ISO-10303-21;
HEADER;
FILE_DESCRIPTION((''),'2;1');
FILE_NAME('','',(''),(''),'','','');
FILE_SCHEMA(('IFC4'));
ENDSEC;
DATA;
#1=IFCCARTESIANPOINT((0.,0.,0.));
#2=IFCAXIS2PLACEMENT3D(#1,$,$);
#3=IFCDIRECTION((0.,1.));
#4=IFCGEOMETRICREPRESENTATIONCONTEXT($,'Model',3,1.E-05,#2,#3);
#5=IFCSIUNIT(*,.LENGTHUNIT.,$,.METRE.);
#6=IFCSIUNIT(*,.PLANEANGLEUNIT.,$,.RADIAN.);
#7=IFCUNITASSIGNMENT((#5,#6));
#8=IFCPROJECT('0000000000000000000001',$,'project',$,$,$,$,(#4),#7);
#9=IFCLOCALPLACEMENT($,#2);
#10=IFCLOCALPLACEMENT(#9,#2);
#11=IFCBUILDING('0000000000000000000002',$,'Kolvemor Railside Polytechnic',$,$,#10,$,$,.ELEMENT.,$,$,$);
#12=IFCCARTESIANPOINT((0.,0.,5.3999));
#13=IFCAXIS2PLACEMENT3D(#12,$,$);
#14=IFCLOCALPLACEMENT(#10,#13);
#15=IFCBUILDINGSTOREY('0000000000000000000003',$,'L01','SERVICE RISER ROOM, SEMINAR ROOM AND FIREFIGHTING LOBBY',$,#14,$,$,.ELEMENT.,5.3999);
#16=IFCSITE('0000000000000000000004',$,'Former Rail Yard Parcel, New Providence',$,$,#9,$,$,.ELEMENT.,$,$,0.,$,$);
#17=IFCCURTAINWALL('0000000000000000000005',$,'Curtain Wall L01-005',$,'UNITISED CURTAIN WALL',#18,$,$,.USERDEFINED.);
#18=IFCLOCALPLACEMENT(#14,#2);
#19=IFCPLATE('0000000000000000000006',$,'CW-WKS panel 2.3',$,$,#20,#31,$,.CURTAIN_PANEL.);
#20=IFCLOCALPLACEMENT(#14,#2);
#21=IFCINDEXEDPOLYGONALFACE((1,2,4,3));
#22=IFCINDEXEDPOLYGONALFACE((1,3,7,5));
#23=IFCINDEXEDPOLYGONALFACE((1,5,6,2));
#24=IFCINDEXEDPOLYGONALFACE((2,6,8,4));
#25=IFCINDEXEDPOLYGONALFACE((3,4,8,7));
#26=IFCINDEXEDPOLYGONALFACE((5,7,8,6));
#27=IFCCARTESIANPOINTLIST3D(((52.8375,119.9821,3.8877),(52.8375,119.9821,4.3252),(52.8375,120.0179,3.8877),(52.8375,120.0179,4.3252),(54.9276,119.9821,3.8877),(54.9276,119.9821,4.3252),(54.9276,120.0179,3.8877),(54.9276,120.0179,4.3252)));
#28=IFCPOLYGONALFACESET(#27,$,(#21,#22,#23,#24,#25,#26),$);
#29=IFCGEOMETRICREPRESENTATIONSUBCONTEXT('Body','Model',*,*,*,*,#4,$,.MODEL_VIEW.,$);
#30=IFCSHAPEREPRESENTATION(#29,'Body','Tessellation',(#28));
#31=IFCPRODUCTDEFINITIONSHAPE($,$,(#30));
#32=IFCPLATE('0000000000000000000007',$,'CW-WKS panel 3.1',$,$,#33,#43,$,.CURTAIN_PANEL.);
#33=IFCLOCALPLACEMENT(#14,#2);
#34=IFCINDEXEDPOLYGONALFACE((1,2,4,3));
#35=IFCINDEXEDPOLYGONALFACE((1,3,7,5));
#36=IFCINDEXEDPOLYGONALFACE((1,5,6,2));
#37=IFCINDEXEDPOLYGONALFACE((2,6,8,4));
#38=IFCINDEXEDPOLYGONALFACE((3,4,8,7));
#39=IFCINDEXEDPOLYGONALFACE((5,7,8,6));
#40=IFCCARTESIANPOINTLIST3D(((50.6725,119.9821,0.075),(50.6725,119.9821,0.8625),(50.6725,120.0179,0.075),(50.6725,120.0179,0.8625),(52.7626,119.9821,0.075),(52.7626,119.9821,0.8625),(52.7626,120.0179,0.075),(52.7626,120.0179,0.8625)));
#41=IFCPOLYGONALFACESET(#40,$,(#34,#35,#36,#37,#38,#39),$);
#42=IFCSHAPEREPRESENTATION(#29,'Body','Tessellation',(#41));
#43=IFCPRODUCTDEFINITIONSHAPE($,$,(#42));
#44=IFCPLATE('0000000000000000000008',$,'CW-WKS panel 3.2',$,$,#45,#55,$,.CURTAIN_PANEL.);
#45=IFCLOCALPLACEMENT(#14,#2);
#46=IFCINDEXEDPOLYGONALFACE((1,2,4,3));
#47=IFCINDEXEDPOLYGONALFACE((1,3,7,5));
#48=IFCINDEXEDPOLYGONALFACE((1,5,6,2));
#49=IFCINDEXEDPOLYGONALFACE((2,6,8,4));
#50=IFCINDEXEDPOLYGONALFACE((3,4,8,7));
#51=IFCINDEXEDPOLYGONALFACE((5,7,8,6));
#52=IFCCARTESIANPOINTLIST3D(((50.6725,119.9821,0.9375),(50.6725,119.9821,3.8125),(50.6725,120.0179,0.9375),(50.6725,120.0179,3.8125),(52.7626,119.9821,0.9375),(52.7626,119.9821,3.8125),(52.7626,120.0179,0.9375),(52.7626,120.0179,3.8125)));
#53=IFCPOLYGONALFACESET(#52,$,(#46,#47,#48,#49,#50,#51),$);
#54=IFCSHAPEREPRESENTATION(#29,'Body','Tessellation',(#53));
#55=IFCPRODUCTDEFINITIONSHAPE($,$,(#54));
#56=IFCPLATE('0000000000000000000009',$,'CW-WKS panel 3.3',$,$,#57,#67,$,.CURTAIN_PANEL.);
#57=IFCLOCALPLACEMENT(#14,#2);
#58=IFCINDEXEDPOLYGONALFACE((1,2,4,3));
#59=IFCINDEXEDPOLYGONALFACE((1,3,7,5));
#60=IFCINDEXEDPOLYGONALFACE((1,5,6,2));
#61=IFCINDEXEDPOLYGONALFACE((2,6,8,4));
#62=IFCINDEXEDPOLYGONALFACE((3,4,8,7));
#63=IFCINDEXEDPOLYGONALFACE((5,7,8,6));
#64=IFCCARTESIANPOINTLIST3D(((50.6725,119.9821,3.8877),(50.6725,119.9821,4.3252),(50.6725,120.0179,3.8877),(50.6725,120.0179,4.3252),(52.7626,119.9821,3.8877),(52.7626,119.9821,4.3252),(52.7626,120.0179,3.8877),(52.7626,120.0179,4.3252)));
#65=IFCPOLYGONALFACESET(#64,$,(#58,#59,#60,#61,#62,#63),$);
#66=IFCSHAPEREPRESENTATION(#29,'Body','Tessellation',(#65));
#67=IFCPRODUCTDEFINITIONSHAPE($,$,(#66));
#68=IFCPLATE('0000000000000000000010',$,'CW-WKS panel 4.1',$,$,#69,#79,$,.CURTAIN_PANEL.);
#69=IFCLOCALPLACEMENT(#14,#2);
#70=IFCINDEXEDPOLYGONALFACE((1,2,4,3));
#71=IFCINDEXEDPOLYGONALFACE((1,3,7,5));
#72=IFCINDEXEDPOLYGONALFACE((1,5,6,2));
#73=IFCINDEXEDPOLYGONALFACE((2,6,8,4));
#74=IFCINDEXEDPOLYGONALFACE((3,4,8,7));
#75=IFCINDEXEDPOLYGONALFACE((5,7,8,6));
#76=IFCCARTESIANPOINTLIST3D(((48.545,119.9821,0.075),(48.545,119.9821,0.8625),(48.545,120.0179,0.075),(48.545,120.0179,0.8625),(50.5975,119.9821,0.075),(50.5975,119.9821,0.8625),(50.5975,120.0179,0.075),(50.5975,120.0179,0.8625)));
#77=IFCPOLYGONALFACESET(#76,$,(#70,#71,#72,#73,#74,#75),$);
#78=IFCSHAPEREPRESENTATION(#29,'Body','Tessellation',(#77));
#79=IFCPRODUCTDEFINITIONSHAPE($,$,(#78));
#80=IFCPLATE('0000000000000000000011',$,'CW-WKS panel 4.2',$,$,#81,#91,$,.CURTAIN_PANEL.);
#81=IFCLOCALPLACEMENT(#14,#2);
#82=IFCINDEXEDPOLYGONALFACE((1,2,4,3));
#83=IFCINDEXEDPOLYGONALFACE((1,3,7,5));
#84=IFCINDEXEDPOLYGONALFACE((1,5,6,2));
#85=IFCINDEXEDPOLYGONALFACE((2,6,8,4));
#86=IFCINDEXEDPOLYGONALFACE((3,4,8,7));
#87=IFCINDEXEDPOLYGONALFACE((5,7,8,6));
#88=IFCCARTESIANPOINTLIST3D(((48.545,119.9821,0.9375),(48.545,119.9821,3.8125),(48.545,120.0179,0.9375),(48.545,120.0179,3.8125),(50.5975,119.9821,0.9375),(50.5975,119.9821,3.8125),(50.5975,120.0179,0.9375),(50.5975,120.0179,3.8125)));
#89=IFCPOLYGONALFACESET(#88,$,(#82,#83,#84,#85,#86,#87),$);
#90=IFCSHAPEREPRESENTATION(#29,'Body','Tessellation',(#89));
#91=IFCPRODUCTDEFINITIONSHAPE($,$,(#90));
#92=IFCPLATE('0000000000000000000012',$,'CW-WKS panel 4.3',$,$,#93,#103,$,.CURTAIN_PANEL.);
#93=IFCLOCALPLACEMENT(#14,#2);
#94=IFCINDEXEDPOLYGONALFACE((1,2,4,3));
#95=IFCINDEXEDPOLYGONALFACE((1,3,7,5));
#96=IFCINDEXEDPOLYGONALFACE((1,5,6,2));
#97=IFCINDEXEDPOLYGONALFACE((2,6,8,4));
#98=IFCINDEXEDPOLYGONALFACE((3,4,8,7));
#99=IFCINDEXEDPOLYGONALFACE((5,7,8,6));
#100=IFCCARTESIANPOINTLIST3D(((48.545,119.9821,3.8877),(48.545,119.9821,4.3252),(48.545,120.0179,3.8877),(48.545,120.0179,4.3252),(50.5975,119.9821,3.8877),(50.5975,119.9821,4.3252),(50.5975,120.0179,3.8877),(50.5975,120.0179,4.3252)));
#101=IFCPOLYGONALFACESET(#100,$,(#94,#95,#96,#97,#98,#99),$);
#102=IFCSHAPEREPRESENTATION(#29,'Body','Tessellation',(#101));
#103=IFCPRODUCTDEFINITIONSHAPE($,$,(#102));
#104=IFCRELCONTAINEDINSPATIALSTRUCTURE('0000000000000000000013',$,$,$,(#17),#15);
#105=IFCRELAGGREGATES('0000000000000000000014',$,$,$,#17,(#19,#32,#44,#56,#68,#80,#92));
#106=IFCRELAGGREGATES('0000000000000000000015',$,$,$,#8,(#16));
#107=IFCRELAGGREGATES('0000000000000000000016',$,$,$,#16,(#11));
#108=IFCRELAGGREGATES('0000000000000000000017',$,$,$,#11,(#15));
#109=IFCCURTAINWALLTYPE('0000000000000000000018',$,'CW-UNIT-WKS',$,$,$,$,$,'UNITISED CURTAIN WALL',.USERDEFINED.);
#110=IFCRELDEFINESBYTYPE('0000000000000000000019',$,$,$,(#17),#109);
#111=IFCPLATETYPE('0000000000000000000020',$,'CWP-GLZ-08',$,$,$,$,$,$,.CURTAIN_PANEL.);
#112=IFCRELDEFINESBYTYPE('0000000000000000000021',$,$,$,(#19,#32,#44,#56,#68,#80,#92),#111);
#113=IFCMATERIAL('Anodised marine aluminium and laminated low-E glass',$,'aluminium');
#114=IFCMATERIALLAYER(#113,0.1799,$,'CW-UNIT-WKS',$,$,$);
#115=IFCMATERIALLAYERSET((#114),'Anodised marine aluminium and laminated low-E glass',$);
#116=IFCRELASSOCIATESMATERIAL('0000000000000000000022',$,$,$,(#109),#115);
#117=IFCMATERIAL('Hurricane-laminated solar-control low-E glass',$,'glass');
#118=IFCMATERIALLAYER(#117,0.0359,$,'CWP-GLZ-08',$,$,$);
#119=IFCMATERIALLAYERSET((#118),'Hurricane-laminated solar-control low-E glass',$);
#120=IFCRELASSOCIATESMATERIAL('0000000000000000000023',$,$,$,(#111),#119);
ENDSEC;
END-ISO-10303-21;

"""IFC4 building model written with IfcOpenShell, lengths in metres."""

from ifc_helpers import new_model, si_unit, direction, frame, origin, origin_2d, place, context, subcontext, project, spatial, rectangle, extrude, material, layer, layer_set, type_object, element, aggregate, save


model = new_model("IFC4")

# Units and contexts
model_context = context("Model", 3, precision=1e-05, world=origin(), true_north=direction((0.0, 1.0)))
body_context = subcontext(model_context, "Body", "Model", "MODEL_VIEW")
ifc_project = project(units=[si_unit("LENGTHUNIT", "METRE"), si_unit("PLANEANGLEUNIT", "RADIAN")], contexts=[model_context])

# Site, building, storey
site_placement = place(None, origin())
site = spatial("IfcSite", under=ifc_project, at=site_placement, Name="Former Rail Yard Parcel, New Providence", CompositionType="ELEMENT", RefElevation=0.0)
building_placement = place(site_placement, origin())
building = spatial("IfcBuilding", under=site, at=building_placement, Name="Kolvemor Railside Polytechnic", CompositionType="ELEMENT")
storey_placement = place(building_placement, frame((0.0, 0.0, 5.3999)))
storey = spatial("IfcBuildingStorey", under=building, at=storey_placement, Name="L01", Description="SERVICE RISER ROOM, SEMINAR ROOM AND FIREFIGHTING LOBBY", CompositionType="ELEMENT", Elevation=5.3999)

# Curtain wall, plates
ifc_material_1 = material(Name="Anodised marine aluminium and laminated low-E glass", Category="aluminium")
ifc_layer_1 = layer(ifc_material_1, 0.1799, Name="CW-UNIT-WKS")
ifc_layer_set_1 = layer_set([ifc_layer_1], Name="Anodised marine aluminium and laminated low-E glass")
curtain_wall_type = type_object("IfcCurtainWallType", Name="CW-UNIT-WKS", ElementType="UNITISED CURTAIN WALL", PredefinedType="USERDEFINED", material=ifc_layer_set_1)
curtain_wall_placement = place(storey_placement, origin())
curtain_wall = element("IfcCurtainWall", 1, at=curtain_wall_placement, inside=storey, type_object=curtain_wall_type, Name="Curtain Wall L01-005", ObjectType="UNITISED CURTAIN WALL", PredefinedType="USERDEFINED")
ifc_material_2 = material(Name="Hurricane-laminated solar-control low-E glass", Category="glass")
ifc_layer_2 = layer(ifc_material_2, 0.0359, Name="CWP-GLZ-08")
ifc_layer_set_2 = layer_set([ifc_layer_2], Name="Hurricane-laminated solar-control low-E glass")
plate_type = type_object("IfcPlateType", Name="CWP-GLZ-08", PredefinedType="CURTAIN_PANEL", material=ifc_layer_set_2)
plate_1_placement = place(storey_placement, frame((53.8826, 120.0, 3.8877), z_axis=(0.0, 0.0, 1.0), x_axis=(-1.0, 0.0, 0.0)))
plate_1 = element("IfcPlate", 2, at=plate_1_placement, type_object=plate_type, Name="CW-WKS panel 2.3", PredefinedType="CURTAIN_PANEL", context=body_context, shape_type="SweptSolid", body=[
    extrude(rectangle(XDim=2.0901, YDim=0.0359, at=origin_2d()), origin(), (0.0, 0.0, 1.0), 0.4375),
])
plate_2_placement = place(storey_placement, frame((51.7175, 120.0, 0.075), z_axis=(0.0, 0.0, 1.0), x_axis=(-1.0, 0.0, 0.0)))
plate_2 = element("IfcPlate", 3, at=plate_2_placement, type_object=plate_type, Name="CW-WKS panel 3.1", PredefinedType="CURTAIN_PANEL", context=body_context, shape_type="SweptSolid", body=[
    extrude(rectangle(XDim=2.0901, YDim=0.0359, at=origin_2d()), origin(), (0.0, 0.0, 1.0), 0.7876),
])
plate_3_placement = place(storey_placement, frame((51.7175, 120.0, 0.9375), z_axis=(0.0, 0.0, 1.0), x_axis=(-1.0, 0.0, 0.0)))
plate_3 = element("IfcPlate", 4, at=plate_3_placement, type_object=plate_type, Name="CW-WKS panel 3.2", PredefinedType="CURTAIN_PANEL", context=body_context, shape_type="SweptSolid", body=[
    extrude(rectangle(XDim=2.0901, YDim=0.0359, at=origin_2d()), origin(), (0.0, 0.0, 1.0), 2.875),
])
plate_4_placement = place(storey_placement, frame((51.7175, 120.0, 3.8877), z_axis=(0.0, 0.0, 1.0), x_axis=(-1.0, 0.0, 0.0)))
plate_4 = element("IfcPlate", 5, at=plate_4_placement, type_object=plate_type, Name="CW-WKS panel 3.3", PredefinedType="CURTAIN_PANEL", context=body_context, shape_type="SweptSolid", body=[
    extrude(rectangle(XDim=2.0901, YDim=0.0359, at=origin_2d()), origin(), (0.0, 0.0, 1.0), 0.4375),
])
plate_5_placement = place(storey_placement, frame((49.5713, 120.0, 0.075), z_axis=(0.0, 0.0, 1.0), x_axis=(-1.0, 0.0, 0.0)))
plate_5 = element("IfcPlate", 6, at=plate_5_placement, type_object=plate_type, Name="CW-WKS panel 4.1", PredefinedType="CURTAIN_PANEL", context=body_context, shape_type="SweptSolid", body=[
    extrude(rectangle(XDim=2.0525, YDim=0.0359, at=origin_2d()), origin(), (0.0, 0.0, 1.0), 0.7876),
])
plate_6_placement = place(storey_placement, frame((49.5713, 120.0, 0.9375), z_axis=(0.0, 0.0, 1.0), x_axis=(-1.0, 0.0, 0.0)))
plate_6 = element("IfcPlate", 7, at=plate_6_placement, type_object=plate_type, Name="CW-WKS panel 4.2", PredefinedType="CURTAIN_PANEL", context=body_context, shape_type="SweptSolid", body=[
    extrude(rectangle(XDim=2.0525, YDim=0.0359, at=origin_2d()), origin(), (0.0, 0.0, 1.0), 2.875),
])
plate_7_placement = place(storey_placement, frame((49.5713, 120.0, 3.8877), z_axis=(0.0, 0.0, 1.0), x_axis=(-1.0, 0.0, 0.0)))
plate_7 = element("IfcPlate", 8, at=plate_7_placement, type_object=plate_type, Name="CW-WKS panel 4.3", PredefinedType="CURTAIN_PANEL", context=body_context, shape_type="SweptSolid", body=[
    extrude(rectangle(XDim=2.0525, YDim=0.0359, at=origin_2d()), origin(), (0.0, 0.0, 1.0), 0.4375),
])
aggregate(curtain_wall, [plate_1, plate_2, plate_3, plate_4, plate_5, plate_6, plate_7])

save(model, "model.ifc")
